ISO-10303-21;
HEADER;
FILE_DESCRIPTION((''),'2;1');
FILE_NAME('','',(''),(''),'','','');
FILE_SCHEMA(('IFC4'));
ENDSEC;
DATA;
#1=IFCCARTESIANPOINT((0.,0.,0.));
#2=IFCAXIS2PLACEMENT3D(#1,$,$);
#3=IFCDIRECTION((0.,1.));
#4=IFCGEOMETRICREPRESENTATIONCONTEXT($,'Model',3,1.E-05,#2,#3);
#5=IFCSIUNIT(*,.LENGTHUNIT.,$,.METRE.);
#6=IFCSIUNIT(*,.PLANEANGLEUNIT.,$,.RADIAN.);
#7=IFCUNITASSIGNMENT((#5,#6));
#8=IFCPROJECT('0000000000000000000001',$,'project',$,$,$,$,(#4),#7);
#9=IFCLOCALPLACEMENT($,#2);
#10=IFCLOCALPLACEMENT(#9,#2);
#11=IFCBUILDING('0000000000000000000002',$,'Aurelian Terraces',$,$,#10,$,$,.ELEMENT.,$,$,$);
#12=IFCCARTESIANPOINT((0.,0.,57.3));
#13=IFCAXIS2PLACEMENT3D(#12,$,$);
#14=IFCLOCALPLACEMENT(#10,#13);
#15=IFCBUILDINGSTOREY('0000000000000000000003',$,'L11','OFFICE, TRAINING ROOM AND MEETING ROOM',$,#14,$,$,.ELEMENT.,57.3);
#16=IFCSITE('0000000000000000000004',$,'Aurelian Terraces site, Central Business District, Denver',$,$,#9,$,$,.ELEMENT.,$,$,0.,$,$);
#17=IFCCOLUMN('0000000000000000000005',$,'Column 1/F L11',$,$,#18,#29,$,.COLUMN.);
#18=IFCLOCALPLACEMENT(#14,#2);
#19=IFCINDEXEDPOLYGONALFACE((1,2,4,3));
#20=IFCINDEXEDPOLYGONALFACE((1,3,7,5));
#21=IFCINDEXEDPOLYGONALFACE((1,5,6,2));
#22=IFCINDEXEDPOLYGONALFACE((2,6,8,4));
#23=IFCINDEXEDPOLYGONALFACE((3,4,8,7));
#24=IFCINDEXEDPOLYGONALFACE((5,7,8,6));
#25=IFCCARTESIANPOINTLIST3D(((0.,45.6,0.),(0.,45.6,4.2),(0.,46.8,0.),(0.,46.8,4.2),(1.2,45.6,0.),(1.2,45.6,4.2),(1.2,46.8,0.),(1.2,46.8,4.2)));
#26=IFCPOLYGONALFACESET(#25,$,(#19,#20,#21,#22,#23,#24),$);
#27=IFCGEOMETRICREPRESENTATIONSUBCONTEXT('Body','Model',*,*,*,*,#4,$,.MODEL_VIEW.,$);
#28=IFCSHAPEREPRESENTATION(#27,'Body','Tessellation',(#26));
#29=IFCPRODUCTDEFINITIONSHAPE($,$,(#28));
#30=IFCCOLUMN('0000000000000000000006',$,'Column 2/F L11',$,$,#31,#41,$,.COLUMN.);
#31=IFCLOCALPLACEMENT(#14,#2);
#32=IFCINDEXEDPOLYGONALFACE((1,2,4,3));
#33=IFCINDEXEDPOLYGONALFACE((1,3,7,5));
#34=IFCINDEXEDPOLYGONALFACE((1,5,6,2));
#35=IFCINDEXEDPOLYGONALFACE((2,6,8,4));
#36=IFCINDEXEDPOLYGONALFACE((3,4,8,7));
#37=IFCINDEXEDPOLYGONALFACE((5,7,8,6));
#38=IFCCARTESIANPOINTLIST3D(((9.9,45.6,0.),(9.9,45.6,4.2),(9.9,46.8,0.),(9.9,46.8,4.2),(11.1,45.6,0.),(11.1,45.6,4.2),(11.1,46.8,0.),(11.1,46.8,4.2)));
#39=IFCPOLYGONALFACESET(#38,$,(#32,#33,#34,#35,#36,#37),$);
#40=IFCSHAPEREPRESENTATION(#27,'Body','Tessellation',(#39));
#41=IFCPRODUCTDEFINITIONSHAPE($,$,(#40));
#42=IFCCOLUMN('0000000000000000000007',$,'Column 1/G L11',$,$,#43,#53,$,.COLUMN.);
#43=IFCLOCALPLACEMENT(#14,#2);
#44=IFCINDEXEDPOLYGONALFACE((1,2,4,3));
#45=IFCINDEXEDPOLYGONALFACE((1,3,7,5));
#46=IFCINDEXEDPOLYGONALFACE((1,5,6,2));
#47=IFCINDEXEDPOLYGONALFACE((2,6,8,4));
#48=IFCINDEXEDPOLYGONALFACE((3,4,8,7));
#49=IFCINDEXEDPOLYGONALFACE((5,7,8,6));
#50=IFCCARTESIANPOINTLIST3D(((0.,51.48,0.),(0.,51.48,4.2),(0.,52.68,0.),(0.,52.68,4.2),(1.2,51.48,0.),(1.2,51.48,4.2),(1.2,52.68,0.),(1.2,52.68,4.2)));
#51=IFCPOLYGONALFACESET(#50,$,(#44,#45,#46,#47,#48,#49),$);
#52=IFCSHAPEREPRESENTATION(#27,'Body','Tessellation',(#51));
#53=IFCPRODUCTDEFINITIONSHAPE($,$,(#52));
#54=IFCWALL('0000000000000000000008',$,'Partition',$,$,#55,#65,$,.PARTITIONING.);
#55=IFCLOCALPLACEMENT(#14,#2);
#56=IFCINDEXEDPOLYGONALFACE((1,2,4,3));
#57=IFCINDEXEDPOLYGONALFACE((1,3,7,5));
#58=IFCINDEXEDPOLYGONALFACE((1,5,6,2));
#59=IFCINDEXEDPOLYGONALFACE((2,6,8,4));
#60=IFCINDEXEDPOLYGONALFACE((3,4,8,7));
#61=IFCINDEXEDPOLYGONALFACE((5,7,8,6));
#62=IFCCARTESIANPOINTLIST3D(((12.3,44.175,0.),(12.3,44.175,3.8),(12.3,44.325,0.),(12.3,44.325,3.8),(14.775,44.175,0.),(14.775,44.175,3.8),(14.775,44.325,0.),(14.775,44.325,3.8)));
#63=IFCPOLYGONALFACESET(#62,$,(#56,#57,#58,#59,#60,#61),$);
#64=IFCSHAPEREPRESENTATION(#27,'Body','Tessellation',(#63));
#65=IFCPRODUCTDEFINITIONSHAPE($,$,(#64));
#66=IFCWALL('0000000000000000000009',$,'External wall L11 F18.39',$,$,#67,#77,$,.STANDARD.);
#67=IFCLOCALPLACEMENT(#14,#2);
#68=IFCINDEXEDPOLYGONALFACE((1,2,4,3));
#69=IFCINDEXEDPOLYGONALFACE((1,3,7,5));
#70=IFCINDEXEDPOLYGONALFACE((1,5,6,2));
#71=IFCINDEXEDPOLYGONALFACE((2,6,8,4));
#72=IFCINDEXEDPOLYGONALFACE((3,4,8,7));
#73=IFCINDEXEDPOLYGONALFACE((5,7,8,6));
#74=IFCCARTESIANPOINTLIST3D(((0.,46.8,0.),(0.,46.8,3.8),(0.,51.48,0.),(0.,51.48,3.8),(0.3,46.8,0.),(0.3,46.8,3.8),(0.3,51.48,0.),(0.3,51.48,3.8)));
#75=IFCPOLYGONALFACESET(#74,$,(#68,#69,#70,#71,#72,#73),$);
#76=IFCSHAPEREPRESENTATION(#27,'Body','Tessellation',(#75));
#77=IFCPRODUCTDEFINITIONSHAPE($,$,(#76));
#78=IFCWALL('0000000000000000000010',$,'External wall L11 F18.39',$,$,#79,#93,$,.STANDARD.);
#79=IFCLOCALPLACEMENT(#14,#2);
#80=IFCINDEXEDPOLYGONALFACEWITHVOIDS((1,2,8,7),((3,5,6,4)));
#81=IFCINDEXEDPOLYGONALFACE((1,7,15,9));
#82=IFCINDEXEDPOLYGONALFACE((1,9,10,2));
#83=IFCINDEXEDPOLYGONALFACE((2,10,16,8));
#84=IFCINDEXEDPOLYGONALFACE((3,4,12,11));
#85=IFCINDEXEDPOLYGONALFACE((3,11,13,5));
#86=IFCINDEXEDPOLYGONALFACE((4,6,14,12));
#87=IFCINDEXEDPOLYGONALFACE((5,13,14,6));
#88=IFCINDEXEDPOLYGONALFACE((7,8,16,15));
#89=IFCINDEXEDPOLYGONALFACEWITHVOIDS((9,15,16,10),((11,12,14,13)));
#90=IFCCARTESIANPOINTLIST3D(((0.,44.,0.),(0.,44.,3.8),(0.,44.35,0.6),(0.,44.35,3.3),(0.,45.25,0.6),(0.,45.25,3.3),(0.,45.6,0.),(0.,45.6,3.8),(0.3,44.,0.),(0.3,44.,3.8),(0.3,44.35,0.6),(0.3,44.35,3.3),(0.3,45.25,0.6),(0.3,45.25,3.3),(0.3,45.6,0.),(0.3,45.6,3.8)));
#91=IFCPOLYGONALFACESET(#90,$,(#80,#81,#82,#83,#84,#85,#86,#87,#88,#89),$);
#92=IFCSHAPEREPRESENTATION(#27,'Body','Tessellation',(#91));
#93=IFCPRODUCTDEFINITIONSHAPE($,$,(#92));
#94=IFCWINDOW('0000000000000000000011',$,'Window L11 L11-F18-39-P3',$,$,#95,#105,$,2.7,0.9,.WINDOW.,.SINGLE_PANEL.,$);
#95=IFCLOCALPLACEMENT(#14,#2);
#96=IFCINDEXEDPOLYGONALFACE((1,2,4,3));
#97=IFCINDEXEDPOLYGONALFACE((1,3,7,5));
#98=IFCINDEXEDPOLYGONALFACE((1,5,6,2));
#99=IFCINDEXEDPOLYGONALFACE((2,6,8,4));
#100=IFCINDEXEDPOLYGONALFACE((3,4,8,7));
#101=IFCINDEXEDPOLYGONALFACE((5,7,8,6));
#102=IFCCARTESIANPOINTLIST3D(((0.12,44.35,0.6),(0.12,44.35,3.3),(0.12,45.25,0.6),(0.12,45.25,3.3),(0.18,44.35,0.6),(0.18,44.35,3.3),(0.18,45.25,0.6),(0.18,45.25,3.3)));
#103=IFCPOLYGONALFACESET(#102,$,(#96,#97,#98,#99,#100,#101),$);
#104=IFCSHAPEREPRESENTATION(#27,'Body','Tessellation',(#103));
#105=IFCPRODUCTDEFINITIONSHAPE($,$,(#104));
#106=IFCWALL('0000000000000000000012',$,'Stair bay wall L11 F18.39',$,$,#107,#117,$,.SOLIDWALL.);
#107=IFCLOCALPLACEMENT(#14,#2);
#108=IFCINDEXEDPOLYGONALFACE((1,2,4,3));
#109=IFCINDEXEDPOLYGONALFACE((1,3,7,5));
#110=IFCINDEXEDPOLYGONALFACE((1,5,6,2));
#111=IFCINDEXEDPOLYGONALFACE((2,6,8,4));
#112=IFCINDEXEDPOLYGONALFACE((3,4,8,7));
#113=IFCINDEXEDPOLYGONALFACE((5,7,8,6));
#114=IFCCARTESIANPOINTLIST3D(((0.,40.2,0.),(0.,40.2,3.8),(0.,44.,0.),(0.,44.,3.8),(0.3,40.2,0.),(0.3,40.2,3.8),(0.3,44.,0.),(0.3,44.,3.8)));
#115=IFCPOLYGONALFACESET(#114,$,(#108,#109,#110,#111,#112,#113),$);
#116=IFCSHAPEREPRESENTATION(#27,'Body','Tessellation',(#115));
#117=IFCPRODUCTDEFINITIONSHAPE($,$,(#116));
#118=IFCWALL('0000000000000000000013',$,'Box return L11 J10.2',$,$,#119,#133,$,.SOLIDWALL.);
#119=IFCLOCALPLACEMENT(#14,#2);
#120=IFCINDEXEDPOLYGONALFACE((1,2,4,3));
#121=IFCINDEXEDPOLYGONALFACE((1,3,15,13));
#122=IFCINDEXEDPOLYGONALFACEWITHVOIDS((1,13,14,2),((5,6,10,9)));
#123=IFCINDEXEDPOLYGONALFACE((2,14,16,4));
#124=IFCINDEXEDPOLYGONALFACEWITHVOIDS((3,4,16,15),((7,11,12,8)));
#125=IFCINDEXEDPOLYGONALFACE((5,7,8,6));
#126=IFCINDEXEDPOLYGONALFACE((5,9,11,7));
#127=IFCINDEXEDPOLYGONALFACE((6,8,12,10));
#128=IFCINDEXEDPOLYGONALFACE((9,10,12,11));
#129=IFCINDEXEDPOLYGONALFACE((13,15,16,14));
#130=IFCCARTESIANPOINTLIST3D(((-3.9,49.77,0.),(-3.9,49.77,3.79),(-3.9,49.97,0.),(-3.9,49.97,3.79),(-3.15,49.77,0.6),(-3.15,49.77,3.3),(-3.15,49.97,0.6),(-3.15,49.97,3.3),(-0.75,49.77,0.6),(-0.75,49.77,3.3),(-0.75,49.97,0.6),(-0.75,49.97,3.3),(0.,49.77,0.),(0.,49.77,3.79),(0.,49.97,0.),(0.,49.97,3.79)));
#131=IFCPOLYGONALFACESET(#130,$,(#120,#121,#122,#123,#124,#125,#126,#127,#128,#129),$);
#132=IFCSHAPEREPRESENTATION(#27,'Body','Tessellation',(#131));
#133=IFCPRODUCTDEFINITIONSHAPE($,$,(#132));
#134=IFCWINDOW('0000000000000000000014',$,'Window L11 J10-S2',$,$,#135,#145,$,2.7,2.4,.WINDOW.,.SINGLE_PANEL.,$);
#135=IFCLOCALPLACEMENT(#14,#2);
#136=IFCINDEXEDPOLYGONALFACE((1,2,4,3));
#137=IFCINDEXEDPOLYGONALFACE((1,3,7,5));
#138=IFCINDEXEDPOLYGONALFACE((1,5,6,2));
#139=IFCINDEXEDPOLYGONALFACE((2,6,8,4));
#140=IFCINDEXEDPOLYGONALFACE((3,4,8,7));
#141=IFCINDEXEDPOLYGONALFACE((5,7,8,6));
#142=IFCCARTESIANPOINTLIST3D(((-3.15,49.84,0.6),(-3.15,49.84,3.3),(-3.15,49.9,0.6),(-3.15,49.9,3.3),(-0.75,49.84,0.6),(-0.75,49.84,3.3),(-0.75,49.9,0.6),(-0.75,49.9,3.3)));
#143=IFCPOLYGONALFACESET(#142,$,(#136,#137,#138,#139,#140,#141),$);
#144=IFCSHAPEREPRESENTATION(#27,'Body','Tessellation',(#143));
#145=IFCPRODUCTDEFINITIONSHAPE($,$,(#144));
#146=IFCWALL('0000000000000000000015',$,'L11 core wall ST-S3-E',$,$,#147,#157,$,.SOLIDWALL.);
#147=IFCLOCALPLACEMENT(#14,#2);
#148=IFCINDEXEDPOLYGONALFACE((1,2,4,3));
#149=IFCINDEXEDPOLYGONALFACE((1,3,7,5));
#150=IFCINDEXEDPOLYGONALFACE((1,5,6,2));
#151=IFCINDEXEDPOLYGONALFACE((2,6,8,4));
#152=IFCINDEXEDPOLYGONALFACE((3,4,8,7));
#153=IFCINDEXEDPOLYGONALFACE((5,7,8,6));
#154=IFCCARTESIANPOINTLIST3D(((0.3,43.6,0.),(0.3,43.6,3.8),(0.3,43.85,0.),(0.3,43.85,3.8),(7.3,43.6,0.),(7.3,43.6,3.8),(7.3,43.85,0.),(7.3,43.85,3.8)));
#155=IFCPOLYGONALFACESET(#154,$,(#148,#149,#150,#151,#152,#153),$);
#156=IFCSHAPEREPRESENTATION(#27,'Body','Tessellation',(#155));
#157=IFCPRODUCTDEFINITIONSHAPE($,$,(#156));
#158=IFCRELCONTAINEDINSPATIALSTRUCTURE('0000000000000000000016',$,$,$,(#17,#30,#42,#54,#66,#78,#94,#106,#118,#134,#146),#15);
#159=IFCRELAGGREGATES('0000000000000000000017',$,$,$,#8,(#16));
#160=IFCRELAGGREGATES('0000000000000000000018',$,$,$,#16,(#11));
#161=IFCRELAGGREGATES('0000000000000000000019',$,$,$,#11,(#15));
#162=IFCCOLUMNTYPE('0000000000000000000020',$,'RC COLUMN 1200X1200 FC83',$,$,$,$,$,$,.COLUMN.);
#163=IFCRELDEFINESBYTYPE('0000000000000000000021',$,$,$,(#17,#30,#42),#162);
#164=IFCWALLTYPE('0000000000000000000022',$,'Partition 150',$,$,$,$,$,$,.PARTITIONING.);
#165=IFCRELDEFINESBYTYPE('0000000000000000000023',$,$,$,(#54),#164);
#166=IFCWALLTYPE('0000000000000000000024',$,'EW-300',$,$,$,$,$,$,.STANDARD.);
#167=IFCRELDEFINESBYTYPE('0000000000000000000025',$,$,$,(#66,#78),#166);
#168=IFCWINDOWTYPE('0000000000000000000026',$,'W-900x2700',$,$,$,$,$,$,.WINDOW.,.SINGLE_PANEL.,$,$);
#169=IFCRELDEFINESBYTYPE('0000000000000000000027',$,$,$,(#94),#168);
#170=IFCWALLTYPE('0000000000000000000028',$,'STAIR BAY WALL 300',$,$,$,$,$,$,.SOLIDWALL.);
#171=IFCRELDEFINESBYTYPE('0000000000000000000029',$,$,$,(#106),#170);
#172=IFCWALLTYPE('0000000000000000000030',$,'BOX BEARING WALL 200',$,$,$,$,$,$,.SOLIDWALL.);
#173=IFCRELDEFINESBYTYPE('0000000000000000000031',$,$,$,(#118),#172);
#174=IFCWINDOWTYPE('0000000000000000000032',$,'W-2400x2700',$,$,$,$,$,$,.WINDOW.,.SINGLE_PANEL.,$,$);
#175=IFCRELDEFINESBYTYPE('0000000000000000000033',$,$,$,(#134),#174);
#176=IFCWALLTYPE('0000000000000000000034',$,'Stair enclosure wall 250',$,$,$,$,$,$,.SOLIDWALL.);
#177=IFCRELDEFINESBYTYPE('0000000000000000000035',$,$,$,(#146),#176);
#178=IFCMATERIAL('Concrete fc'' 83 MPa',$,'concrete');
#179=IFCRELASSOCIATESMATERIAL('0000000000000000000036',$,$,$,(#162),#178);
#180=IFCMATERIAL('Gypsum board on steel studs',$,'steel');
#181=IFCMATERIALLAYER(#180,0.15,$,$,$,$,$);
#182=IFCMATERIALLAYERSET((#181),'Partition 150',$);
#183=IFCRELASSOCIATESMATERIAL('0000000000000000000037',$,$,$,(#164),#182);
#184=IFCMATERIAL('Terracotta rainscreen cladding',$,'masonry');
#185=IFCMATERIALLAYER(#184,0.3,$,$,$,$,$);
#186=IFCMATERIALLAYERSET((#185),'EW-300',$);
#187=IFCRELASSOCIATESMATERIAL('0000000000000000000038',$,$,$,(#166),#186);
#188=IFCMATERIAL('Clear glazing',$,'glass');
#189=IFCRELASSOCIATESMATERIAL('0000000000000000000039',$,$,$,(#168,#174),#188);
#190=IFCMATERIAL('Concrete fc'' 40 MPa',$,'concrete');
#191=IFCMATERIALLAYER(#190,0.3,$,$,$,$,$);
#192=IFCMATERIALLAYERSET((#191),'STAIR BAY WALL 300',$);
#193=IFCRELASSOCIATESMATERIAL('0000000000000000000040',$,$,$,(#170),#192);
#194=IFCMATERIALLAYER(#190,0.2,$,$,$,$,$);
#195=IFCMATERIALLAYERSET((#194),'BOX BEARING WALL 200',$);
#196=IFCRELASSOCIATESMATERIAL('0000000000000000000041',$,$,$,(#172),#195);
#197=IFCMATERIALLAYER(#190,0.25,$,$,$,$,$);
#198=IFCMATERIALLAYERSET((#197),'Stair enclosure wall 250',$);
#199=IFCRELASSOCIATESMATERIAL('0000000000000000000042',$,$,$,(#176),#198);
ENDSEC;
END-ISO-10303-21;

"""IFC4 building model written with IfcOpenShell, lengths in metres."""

from ifc_helpers import new_model, si_unit, direction, frame, frame_2d, origin, origin_2d, place, context, subcontext, project, spatial, rectangle, extrude, source, transform, mapped, material, layer, layer_set, material_profile, profile_set, type_object, element, fill, save


model = new_model("IFC4")

# Units and contexts
model_context = context("Model", 3, precision=1e-05, world=origin(), true_north=direction((0.0, 1.0)))
body_context = subcontext(model_context, "Body", "Model", "MODEL_VIEW")
ifc_project = project(units=[si_unit("LENGTHUNIT", "METRE"), si_unit("PLANEANGLEUNIT", "RADIAN")], contexts=[model_context])

# Site, building, storey
site_placement = place(None, origin())
site = spatial("IfcSite", under=ifc_project, at=site_placement, Name="Aurelian Terraces site, Central Business District, Denver", CompositionType="ELEMENT", RefElevation=0.0)
building_placement = place(site_placement, origin())
building = spatial("IfcBuilding", under=site, at=building_placement, Name="Aurelian Terraces", CompositionType="ELEMENT")
storey_placement = place(building_placement, frame((0.0, 0.0, 57.3)))
storey = spatial("IfcBuildingStorey", under=building, at=storey_placement, Name="L11", Description="OFFICE, TRAINING ROOM AND MEETING ROOM", CompositionType="ELEMENT", Elevation=57.3)

# Columns
ifc_material_1 = material(Name="Concrete fc' 83 MPa", Category="concrete")
ifc_material_profile = material_profile(ifc_material_1, rectangle(XDim=1.2, YDim=1.2, at=origin_2d()))
ifc_profile_set = profile_set([ifc_material_profile], Name="Concrete fc' 83 MPa")
column_type = type_object("IfcColumnType", Name="RC COLUMN 1200X1200 FC83", PredefinedType="COLUMN", material=ifc_profile_set)
shared_shape_1 = source(origin(), body_context, "Body", "SweptSolid", [
    extrude(rectangle(XDim=1.2, YDim=1.2, at=origin_2d()), origin(), (0.0, 0.0, 1.0), 4.2),
])
for number, where, z_axis, x_axis, name in (
    (1, (0.6, 46.2, 0.0), (0.0, 0.0, 1.0), (1.0, 0.0, 0.0), "Column 1/F L11"),
    (2, (10.5, 46.2, 0.0), (0.0, 0.0, 1.0), (1.0, 0.0, 0.0), "Column 2/F L11"),
    (3, (0.6, 52.08, 0.0), (0.0, 0.0, 1.0), (1.0, 0.0, 0.0), "Column 1/G L11"),
):
    element("IfcColumn", number, at=place(storey_placement, frame(where, z_axis=z_axis, x_axis=x_axis)), inside=storey, type_object=column_type, Name=name, PredefinedType="COLUMN", context=body_context, shape_type="MappedRepresentation", body=[
        mapped(shared_shape_1, transform((0.0, 0.0, 0.0), scale=1.0)),
    ])

# Walls
ifc_material_2 = material(Name="Gypsum board on steel studs", Category="steel")
ifc_layer_1 = layer(ifc_material_2, 0.15)
ifc_layer_set_1 = layer_set([ifc_layer_1], Name="Partition 150")
wall_type_1 = type_object("IfcWallType", Name="Partition 150", PredefinedType="PARTITIONING", material=ifc_layer_set_1)
wall_1_placement = place(storey_placement, frame((14.775, 44.25, 0.0), z_axis=(0.0, 0.0, 1.0), x_axis=(-1.0, 0.0, 0.0)))
element("IfcWall", 4, at=wall_1_placement, inside=storey, type_object=wall_type_1, Name="Partition", PredefinedType="PARTITIONING", context=body_context, shape_type="SweptSolid", body=[
    extrude(rectangle(XDim=2.475, YDim=0.15, at=frame_2d((1.2375, 0.0))), origin(), (0.0, 0.0, 1.0), 3.8),
])
ifc_material_3 = material(Name="Terracotta rainscreen cladding", Category="masonry")
ifc_layer_2 = layer(ifc_material_3, 0.3)
ifc_layer_set_2 = layer_set([ifc_layer_2], Name="EW-300")
wall_type_2 = type_object("IfcWallType", Name="EW-300", PredefinedType="STANDARD", material=ifc_layer_set_2)
shared_shape_2 = source(origin(), body_context, "Body", "SweptSolid", [
    extrude(rectangle(XDim=4.68, YDim=0.3, at=frame_2d((2.34, 0.0))), origin(), (0.0, 0.0, 1.0), 3.8),
])
wall_2_placement = place(storey_placement, frame((0.15, 51.48, 0.0), z_axis=(0.0, 0.0, 1.0), x_axis=(0.0, -1.0, 0.0)))
element("IfcWall", 5, at=wall_2_placement, inside=storey, type_object=wall_type_2, Name="External wall L11 F18.39", PredefinedType="STANDARD", context=body_context, shape_type="MappedRepresentation", body=[
    mapped(shared_shape_2, transform((0.0, 0.0, 0.0), scale=1.0)),
])

# Wall, opening, window
shared_shape_3 = source(origin(), body_context, "Body", "SweptSolid", [
    extrude(rectangle(XDim=1.6, YDim=0.3, at=frame_2d((0.8, 0.0))), origin(), (0.0, 0.0, 1.0), 3.8),
])
wall_3_placement = place(storey_placement, frame((0.15, 45.6, 0.0), z_axis=(0.0, 0.0, 1.0), x_axis=(0.0, -1.0, 0.0)))
wall_3 = element("IfcWall", 6, at=wall_3_placement, inside=storey, type_object=wall_type_2, Name="External wall L11 F18.39", PredefinedType="STANDARD", context=body_context, shape_type="MappedRepresentation", body=[
    mapped(shared_shape_3, transform((0.0, 0.0, 0.0), scale=1.0)),
])
shared_shape_4 = source(origin(), body_context, "Body", "SweptSolid", [
    extrude(rectangle(XDim=0.9, YDim=2.7, at=frame_2d((0.45, 1.35))), frame((0.0, 0.16, 0.0), z_axis=(0.0, -1.0, 0.0), x_axis=(1.0, 0.0, 0.0)), (0.0, 0.0, 1.0), 0.32),
])
opening_1_placement = place(wall_3_placement, frame((0.35, 0.0, 0.6)))
opening_1 = element("IfcOpeningElement", 7, at=opening_1_placement, cuts=wall_3, PredefinedType="OPENING", context=body_context, shape_type="MappedRepresentation", body=[
    mapped(shared_shape_4, transform((0.0, 0.0, 0.0), scale=1.0)),
])
ifc_material_4 = material(Name="Clear glazing", Category="glass")
window_type_1 = type_object("IfcWindowType", Name="W-900x2700", PartitioningType="SINGLE_PANEL", PredefinedType="WINDOW", material=ifc_material_4)
shared_shape_5 = source(origin(), body_context, "Body", "SweptSolid", [
    extrude(rectangle(XDim=0.9, YDim=2.7, at=frame_2d((0.45, 1.35))), frame((0.0, 0.03, 0.0), z_axis=(0.0, -1.0, 0.0), x_axis=(1.0, 0.0, 0.0)), (0.0, 0.0, 1.0), 0.06),
])
window_1_placement = place(opening_1_placement, origin())
window_1 = element("IfcWindow", 8, at=window_1_placement, inside=storey, type_object=window_type_1, Name="Window L11 L11-F18-39-P3", OverallHeight=2.7, OverallWidth=0.9, PartitioningType="SINGLE_PANEL", PredefinedType="WINDOW", context=body_context, shape_type="MappedRepresentation", body=[
    mapped(shared_shape_5, transform((0.0, 0.0, 0.0), scale=1.0)),
])
fill(opening_1, window_1)

# Wall
ifc_material_5 = material(Name="Concrete fc' 40 MPa", Category="concrete")
ifc_layer_3 = layer(ifc_material_5, 0.3)
ifc_layer_set_3 = layer_set([ifc_layer_3], Name="STAIR BAY WALL 300")
wall_type_3 = type_object("IfcWallType", Name="STAIR BAY WALL 300", PredefinedType="SOLIDWALL", material=ifc_layer_set_3)
shared_shape_6 = source(origin(), body_context, "Body", "SweptSolid", [
    extrude(rectangle(XDim=3.8, YDim=0.3, at=frame_2d((1.9, 0.0))), origin(), (0.0, 0.0, 1.0), 3.8),
])
wall_4_placement = place(storey_placement, frame((0.15, 44.0, 0.0), z_axis=(0.0, 0.0, 1.0), x_axis=(0.0, -1.0, 0.0)))
element("IfcWall", 9, at=wall_4_placement, inside=storey, type_object=wall_type_3, Name="Stair bay wall L11 F18.39", PredefinedType="SOLIDWALL", context=body_context, shape_type="MappedRepresentation", body=[
    mapped(shared_shape_6, transform((0.0, 0.0, 0.0), scale=1.0)),
])

# Wall, opening, window
ifc_layer_4 = layer(ifc_material_5, 0.2)
ifc_layer_set_4 = layer_set([ifc_layer_4], Name="BOX BEARING WALL 200")
wall_type_4 = type_object("IfcWallType", Name="BOX BEARING WALL 200", PredefinedType="SOLIDWALL", material=ifc_layer_set_4)
shared_shape_7 = source(origin(), body_context, "Body", "SweptSolid", [
    extrude(rectangle(XDim=3.9, YDim=0.2, at=frame_2d((1.95, 0.0))), origin(), (0.0, 0.0, 1.0), 3.79),
])
wall_5_placement = place(storey_placement, frame((0.0, 49.87, 0.0), z_axis=(0.0, 0.0, 1.0), x_axis=(-1.0, 0.0, 0.0)))
wall_5 = element("IfcWall", 10, at=wall_5_placement, inside=storey, type_object=wall_type_4, Name="Box return L11 J10.2", PredefinedType="SOLIDWALL", context=body_context, shape_type="MappedRepresentation", body=[
    mapped(shared_shape_7, transform((0.0, 0.0, 0.0), scale=1.0)),
])
shared_shape_8 = source(origin(), body_context, "Body", "SweptSolid", [
    extrude(rectangle(XDim=2.4, YDim=2.7, at=frame_2d((1.2, 1.35))), frame((0.0, 0.11, 0.0), z_axis=(0.0, -1.0, 0.0), x_axis=(1.0, 0.0, 0.0)), (0.0, 0.0, 1.0), 0.22),
])
opening_2_placement = place(wall_5_placement, frame((0.75, 0.0, 0.6)))
opening_2 = element("IfcOpeningElement", 11, at=opening_2_placement, cuts=wall_5, PredefinedType="OPENING", context=body_context, shape_type="MappedRepresentation", body=[
    mapped(shared_shape_8, transform((0.0, 0.0, 0.0), scale=1.0)),
])
window_type_2 = type_object("IfcWindowType", Name="W-2400x2700", PartitioningType="SINGLE_PANEL", PredefinedType="WINDOW", material=ifc_material_4)
shared_shape_9 = source(origin(), body_context, "Body", "SweptSolid", [
    extrude(rectangle(XDim=2.4, YDim=2.7, at=frame_2d((1.2, 1.35))), frame((0.0, 0.03, 0.0), z_axis=(0.0, -1.0, 0.0), x_axis=(1.0, 0.0, 0.0)), (0.0, 0.0, 1.0), 0.06),
])
window_2_placement = place(opening_2_placement, origin())
window_2 = element("IfcWindow", 12, at=window_2_placement, inside=storey, type_object=window_type_2, Name="Window L11 J10-S2", OverallHeight=2.7, OverallWidth=2.4, PartitioningType="SINGLE_PANEL", PredefinedType="WINDOW", context=body_context, shape_type="MappedRepresentation", body=[
    mapped(shared_shape_9, transform((0.0, 0.0, 0.0), scale=1.0)),
])
fill(opening_2, window_2)

# Wall
ifc_layer_5 = layer(ifc_material_5, 0.25)
ifc_layer_set_5 = layer_set([ifc_layer_5], Name="Stair enclosure wall 250")
wall_type_5 = type_object("IfcWallType", Name="Stair enclosure wall 250", PredefinedType="SOLIDWALL", material=ifc_layer_set_5)
shared_shape_10 = source(origin(), body_context, "Body", "SweptSolid", [
    extrude(rectangle(XDim=7.0, YDim=0.25, at=frame_2d((3.5, 0.0))), origin(), (0.0, 0.0, 1.0), 3.8),
])
wall_6_placement = place(storey_placement, frame((0.3, 43.725, 0.0), z_axis=(0.0, 0.0, 1.0), x_axis=(1.0, 0.0, 0.0)))
element("IfcWall", 13, at=wall_6_placement, inside=storey, type_object=wall_type_5, Name="L11 core wall ST-S3-E", PredefinedType="SOLIDWALL", context=body_context, shape_type="MappedRepresentation", body=[
    mapped(shared_shape_10, transform((0.0, 0.0, 0.0), scale=1.0)),
])

save(model, "model.ifc")
